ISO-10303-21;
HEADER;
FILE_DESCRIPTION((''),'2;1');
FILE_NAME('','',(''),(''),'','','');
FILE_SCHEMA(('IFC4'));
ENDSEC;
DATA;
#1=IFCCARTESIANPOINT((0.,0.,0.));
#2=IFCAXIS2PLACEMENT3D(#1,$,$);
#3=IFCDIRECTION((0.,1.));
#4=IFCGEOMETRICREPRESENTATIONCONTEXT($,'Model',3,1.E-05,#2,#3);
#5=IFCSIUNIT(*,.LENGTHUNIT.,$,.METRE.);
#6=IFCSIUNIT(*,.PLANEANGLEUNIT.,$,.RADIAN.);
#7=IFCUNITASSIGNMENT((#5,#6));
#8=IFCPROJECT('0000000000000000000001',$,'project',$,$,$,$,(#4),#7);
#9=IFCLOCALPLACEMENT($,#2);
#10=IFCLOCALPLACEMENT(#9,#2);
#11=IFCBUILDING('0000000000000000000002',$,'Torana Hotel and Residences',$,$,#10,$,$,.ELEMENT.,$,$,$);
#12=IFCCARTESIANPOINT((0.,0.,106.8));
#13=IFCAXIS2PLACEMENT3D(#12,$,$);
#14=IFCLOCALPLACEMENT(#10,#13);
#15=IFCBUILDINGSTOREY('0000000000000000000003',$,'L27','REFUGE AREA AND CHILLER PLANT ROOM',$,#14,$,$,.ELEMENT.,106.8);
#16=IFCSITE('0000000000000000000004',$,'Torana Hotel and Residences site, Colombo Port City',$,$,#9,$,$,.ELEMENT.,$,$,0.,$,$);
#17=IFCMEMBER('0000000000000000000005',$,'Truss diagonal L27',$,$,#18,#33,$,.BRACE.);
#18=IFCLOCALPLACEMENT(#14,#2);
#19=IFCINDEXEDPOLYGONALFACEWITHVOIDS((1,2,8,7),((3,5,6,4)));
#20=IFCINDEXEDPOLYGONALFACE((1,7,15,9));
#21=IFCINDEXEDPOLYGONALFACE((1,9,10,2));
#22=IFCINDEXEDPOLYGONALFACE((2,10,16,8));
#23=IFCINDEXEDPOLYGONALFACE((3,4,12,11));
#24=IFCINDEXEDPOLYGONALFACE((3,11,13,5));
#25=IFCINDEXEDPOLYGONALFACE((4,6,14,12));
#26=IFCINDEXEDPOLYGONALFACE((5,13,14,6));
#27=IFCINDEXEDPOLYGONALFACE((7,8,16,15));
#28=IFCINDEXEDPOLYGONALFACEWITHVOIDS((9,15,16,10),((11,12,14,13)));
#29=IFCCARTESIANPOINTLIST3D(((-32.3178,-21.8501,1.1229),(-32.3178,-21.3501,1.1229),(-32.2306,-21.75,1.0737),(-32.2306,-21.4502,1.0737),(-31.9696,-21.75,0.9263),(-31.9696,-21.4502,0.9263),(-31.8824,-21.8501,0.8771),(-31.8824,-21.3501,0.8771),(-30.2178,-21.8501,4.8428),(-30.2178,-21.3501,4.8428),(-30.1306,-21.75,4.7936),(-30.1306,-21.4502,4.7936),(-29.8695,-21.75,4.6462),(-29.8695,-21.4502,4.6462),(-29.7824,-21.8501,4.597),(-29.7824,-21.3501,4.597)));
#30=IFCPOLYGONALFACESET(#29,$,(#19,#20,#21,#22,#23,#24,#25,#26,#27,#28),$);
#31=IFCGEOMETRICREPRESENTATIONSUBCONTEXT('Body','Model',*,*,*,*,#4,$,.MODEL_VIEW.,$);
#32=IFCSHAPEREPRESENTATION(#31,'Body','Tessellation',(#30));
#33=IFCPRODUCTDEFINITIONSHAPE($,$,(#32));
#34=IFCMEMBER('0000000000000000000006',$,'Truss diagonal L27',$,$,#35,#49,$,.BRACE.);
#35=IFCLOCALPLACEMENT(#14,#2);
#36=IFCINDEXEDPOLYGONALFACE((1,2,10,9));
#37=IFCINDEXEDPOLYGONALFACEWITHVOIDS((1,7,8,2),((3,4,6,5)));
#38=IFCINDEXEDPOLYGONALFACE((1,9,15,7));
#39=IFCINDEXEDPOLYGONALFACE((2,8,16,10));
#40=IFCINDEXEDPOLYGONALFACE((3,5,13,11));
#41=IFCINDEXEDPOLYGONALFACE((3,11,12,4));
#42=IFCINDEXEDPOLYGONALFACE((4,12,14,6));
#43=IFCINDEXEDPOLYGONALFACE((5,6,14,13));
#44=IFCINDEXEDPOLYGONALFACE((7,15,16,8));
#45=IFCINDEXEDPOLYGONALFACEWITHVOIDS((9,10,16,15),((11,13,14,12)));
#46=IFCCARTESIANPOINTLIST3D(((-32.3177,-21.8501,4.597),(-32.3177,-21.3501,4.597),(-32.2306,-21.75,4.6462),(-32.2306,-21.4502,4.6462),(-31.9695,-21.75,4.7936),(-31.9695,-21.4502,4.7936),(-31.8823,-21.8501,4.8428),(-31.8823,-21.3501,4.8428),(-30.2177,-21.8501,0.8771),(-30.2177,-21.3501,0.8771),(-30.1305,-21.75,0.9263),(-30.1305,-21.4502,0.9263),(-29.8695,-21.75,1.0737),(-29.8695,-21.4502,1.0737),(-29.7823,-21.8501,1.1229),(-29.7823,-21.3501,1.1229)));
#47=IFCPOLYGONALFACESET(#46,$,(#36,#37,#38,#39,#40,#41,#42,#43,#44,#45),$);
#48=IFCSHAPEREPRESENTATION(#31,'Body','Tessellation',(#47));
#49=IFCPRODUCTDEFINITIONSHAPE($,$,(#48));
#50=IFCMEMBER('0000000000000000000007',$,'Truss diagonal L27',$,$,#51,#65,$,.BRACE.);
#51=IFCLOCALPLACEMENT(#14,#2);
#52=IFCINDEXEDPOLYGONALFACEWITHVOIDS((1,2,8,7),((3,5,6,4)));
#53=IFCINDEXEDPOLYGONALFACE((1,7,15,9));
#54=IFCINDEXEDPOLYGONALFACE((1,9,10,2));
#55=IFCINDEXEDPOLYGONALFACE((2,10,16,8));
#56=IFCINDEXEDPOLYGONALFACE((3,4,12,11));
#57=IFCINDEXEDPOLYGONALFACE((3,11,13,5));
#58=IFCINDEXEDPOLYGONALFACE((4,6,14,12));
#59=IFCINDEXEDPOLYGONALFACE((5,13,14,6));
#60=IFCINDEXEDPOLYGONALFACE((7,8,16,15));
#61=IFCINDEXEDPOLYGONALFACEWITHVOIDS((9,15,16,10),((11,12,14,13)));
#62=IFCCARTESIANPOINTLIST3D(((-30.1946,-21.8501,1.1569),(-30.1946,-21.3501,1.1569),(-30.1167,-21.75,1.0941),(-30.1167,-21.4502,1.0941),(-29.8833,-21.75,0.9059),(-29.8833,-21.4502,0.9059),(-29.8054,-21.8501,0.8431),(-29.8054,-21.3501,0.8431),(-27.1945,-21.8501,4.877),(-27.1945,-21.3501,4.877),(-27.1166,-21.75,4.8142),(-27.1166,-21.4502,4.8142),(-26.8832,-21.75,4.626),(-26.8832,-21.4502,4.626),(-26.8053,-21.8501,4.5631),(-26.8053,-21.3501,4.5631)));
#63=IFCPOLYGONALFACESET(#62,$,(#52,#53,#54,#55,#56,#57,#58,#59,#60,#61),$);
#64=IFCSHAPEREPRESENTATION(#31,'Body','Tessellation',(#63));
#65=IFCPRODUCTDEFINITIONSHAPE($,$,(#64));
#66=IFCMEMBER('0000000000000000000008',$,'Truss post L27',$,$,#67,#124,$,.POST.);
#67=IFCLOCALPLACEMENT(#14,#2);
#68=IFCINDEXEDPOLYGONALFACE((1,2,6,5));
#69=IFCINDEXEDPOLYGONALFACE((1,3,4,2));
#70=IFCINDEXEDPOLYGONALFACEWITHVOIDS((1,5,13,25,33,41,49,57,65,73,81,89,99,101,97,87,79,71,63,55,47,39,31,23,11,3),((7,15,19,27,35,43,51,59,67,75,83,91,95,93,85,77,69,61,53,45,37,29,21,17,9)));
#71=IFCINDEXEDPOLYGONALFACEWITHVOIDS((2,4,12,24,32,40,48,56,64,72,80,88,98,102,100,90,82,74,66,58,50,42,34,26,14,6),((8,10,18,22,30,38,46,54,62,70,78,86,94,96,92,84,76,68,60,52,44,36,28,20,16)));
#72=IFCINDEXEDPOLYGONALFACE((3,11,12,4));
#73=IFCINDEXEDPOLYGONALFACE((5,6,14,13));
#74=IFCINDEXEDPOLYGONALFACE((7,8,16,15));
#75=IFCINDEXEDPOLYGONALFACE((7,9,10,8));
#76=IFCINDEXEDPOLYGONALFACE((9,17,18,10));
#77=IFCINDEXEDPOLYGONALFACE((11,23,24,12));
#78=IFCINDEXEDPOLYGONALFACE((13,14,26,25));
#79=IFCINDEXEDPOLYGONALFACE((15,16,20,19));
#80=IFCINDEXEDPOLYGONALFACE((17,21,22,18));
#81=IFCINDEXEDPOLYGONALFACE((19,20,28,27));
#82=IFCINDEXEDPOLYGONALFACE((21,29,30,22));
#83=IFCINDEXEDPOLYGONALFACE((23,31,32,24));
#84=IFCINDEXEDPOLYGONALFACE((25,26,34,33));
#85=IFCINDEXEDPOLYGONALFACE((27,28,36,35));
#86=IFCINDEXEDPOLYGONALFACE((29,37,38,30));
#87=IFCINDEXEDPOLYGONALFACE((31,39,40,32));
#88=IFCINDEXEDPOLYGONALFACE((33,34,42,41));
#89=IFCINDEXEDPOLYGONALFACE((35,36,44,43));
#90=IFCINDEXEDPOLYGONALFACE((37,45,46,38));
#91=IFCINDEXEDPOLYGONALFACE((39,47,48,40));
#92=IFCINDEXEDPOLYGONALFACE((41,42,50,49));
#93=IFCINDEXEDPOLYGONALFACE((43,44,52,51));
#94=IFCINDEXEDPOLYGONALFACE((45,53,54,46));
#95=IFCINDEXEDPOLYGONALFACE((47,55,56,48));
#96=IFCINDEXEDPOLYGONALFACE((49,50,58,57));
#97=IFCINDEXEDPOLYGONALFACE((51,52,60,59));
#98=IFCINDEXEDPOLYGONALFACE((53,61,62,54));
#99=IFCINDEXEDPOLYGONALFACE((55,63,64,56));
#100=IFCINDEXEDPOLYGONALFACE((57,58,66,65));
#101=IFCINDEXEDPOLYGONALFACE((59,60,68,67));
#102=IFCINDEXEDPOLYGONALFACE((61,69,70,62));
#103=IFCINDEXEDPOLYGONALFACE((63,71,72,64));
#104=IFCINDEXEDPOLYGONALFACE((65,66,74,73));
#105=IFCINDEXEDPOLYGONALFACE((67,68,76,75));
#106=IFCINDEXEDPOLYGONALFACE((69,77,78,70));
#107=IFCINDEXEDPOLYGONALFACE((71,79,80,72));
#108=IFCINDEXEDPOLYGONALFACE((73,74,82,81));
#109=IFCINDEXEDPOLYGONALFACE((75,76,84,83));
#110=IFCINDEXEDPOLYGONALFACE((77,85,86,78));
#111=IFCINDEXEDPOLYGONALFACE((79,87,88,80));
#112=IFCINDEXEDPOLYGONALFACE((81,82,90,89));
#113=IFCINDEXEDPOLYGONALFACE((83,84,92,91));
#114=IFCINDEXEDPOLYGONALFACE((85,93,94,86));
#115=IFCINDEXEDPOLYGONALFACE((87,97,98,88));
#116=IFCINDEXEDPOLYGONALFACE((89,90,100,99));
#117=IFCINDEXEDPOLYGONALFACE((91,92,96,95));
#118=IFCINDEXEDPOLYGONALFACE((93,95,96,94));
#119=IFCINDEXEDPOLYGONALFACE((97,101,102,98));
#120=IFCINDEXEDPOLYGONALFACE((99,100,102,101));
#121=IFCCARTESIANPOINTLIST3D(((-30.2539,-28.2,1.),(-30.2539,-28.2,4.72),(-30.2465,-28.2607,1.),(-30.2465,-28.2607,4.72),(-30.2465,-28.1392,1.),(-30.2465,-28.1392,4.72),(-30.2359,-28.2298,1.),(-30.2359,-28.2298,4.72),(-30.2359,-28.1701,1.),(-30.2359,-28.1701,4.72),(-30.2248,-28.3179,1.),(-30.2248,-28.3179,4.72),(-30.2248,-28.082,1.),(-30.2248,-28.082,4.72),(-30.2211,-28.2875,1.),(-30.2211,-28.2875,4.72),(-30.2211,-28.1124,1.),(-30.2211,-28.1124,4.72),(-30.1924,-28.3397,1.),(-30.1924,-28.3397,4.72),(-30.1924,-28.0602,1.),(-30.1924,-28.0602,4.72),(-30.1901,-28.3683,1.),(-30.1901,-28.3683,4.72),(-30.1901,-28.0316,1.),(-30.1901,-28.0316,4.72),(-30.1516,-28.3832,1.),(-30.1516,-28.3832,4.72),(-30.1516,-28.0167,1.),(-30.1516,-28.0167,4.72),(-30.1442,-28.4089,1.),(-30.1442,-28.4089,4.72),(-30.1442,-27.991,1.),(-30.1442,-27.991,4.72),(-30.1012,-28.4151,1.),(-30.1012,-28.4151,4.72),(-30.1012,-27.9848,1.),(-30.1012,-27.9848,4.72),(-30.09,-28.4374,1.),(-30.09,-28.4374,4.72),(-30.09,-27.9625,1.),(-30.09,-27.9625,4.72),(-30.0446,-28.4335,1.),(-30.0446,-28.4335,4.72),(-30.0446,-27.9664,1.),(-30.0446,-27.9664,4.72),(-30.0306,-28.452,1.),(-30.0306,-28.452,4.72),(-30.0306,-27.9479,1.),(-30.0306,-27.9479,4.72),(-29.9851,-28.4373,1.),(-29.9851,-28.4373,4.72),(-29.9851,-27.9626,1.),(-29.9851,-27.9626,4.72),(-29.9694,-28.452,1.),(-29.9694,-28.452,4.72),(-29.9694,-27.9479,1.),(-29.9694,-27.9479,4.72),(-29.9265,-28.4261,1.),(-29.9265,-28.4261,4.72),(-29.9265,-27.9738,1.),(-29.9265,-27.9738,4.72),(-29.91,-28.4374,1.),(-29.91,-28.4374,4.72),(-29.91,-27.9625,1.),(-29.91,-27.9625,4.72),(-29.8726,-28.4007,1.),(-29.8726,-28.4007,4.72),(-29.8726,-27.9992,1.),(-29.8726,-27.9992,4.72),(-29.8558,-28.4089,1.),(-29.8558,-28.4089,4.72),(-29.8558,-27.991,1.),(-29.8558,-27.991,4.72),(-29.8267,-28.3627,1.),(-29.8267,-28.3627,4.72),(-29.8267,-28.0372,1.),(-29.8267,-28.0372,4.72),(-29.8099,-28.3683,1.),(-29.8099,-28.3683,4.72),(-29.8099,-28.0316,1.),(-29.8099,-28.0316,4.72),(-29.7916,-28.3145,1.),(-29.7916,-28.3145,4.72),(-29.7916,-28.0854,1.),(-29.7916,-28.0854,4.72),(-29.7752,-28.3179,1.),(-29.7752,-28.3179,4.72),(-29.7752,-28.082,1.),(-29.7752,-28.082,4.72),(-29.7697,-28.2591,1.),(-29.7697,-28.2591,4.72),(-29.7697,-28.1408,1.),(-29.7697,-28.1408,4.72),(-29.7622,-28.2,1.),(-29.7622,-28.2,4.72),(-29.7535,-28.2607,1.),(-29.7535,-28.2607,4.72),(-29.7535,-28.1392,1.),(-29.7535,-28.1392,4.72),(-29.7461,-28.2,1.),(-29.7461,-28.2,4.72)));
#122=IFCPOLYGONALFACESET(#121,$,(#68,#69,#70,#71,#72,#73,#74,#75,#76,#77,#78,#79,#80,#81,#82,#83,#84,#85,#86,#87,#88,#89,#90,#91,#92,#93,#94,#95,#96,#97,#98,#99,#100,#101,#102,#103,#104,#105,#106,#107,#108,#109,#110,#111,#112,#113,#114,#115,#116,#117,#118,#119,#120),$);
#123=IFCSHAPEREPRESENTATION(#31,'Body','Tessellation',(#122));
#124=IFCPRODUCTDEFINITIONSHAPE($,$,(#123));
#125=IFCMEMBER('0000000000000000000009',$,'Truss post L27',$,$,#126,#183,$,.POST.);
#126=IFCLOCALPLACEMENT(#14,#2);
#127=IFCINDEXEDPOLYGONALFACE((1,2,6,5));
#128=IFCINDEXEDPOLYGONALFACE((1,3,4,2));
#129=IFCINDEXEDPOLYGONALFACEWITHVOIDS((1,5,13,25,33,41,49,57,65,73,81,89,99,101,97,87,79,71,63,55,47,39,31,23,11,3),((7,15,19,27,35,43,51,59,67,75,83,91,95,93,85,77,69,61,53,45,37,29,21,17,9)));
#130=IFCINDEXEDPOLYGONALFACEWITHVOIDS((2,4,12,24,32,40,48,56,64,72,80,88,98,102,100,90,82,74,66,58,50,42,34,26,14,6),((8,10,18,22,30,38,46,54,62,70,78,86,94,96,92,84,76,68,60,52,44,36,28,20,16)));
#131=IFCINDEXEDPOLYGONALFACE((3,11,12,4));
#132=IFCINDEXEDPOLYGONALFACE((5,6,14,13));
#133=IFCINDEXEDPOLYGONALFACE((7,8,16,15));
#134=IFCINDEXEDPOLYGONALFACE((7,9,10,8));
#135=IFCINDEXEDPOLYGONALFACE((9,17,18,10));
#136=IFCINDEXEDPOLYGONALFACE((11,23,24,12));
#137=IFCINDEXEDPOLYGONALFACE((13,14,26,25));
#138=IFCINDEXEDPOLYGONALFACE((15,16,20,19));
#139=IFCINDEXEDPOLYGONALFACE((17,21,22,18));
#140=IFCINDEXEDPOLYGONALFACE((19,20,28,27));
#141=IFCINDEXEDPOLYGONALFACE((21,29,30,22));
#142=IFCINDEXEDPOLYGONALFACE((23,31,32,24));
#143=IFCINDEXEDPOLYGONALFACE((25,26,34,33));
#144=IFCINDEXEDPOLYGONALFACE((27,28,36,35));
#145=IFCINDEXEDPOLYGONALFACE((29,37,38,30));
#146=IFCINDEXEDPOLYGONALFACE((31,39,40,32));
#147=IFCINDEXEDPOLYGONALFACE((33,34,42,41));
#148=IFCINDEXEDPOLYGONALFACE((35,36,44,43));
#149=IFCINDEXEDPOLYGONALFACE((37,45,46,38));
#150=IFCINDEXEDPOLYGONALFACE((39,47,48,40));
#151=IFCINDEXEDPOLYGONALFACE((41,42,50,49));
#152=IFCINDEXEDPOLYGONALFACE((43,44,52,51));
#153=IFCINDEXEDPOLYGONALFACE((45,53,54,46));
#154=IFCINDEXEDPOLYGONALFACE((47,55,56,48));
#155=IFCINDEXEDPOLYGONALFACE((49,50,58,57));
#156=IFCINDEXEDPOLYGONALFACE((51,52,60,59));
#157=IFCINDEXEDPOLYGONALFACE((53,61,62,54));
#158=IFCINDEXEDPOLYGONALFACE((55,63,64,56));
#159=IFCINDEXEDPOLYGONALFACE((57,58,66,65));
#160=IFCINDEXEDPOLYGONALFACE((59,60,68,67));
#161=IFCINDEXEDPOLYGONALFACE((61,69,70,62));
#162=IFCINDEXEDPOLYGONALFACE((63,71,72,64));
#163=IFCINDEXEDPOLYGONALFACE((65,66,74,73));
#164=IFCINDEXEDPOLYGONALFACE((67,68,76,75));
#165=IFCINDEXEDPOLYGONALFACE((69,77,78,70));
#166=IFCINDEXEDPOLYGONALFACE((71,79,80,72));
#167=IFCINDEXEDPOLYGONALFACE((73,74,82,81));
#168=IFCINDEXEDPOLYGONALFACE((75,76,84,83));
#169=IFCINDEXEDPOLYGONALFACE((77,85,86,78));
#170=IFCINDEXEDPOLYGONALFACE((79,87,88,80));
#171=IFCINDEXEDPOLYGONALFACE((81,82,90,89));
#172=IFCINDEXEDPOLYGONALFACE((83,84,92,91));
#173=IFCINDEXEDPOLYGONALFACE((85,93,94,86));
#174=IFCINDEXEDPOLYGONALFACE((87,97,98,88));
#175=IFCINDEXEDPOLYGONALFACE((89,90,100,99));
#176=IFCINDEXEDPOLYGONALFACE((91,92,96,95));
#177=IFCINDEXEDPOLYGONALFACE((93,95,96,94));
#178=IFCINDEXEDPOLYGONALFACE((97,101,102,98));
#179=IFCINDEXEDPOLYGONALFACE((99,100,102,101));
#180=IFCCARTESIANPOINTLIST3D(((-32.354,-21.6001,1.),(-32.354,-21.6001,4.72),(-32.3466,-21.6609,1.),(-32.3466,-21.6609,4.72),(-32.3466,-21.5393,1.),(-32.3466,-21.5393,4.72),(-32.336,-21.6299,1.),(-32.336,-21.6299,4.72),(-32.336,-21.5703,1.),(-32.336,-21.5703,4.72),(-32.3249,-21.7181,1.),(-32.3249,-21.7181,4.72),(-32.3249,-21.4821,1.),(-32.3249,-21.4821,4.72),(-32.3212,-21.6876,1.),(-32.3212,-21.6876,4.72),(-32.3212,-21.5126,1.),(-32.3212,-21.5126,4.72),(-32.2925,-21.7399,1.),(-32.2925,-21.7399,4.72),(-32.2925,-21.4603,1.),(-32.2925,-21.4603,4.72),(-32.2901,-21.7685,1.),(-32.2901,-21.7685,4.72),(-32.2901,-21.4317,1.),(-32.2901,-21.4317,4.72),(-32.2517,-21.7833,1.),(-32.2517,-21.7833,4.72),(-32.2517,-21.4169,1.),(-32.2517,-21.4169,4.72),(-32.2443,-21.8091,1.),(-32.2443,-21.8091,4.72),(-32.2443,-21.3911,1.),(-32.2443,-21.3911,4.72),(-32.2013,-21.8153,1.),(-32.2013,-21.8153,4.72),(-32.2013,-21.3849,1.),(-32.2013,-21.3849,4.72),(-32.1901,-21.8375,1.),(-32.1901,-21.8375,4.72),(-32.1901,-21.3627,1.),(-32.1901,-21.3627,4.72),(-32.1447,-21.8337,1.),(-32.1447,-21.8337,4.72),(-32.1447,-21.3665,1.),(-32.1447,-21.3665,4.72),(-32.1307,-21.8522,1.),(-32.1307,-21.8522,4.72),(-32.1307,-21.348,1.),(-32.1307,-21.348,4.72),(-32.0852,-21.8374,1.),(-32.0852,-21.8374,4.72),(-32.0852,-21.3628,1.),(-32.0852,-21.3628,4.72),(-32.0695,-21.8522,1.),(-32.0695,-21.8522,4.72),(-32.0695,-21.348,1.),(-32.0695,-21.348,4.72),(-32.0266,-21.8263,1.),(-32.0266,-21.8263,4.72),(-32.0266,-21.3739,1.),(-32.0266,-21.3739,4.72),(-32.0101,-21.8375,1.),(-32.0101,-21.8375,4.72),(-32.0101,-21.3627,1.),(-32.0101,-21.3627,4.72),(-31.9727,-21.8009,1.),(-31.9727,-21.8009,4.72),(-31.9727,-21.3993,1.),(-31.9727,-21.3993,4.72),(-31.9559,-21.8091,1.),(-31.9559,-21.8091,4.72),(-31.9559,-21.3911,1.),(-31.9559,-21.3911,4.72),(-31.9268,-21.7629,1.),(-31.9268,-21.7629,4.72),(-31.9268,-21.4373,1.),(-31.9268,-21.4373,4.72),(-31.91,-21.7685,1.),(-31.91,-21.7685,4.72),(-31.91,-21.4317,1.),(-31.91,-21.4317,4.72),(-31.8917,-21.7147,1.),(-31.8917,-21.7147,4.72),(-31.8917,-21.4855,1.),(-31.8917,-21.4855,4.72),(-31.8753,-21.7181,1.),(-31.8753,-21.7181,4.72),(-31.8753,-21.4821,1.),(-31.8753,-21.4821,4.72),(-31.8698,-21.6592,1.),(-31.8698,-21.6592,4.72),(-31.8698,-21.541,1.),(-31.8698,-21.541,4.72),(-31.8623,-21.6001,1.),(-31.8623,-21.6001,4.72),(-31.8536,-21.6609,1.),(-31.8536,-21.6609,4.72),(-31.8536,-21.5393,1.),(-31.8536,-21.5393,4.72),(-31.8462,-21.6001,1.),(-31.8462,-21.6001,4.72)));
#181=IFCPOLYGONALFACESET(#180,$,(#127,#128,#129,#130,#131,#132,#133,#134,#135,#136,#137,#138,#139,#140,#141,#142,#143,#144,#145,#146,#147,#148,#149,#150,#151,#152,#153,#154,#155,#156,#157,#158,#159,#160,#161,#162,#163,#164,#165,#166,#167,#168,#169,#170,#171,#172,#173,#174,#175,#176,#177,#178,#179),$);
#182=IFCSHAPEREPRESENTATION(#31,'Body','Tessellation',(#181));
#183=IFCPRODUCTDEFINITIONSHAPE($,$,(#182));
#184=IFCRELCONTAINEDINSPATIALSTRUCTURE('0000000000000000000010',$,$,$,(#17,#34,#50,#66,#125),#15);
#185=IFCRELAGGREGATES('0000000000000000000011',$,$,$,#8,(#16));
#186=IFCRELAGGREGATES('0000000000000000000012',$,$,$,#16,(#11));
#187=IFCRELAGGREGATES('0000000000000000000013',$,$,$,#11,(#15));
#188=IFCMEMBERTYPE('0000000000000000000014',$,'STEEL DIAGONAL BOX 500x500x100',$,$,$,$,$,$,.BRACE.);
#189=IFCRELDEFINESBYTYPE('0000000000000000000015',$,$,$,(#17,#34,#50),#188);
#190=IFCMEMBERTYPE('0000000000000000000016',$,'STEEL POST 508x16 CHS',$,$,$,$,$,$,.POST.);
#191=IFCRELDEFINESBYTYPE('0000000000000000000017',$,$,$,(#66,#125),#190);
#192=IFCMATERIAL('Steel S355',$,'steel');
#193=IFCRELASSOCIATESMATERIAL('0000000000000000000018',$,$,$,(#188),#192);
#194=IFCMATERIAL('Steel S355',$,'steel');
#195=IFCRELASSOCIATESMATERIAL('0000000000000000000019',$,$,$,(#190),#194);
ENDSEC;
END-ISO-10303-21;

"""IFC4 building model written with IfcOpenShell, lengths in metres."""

from ifc_helpers import new_model, si_unit, direction, frame, origin, origin_2d, place, context, subcontext, project, spatial, hollow_rectangle, hollow_circle, extrude, material, material_profile, profile_set, type_object, element, save


model = new_model("IFC4")

# Units and contexts
model_context = context("Model", 3, precision=1e-05, world=origin(), true_north=direction((0.0, 1.0)))
body_context = subcontext(model_context, "Body", "Model", "MODEL_VIEW")
ifc_project = project(units=[si_unit("LENGTHUNIT", "METRE"), si_unit("PLANEANGLEUNIT", "RADIAN")], contexts=[model_context])

# Site, building, storey
site_placement = place(None, origin())
site = spatial("IfcSite", under=ifc_project, at=site_placement, Name="Torana Hotel and Residences site, Colombo Port City", CompositionType="ELEMENT", RefElevation=0.0)
building_placement = place(site_placement, origin())
building = spatial("IfcBuilding", under=site, at=building_placement, Name="Torana Hotel and Residences", CompositionType="ELEMENT")
storey_placement = place(building_placement, frame((0.0, 0.0, 106.8)))
storey = spatial("IfcBuildingStorey", under=building, at=storey_placement, Name="L27", Description="REFUGE AREA AND CHILLER PLANT ROOM", CompositionType="ELEMENT", Elevation=106.8)

# Members
ifc_material_1 = material(Name="Steel S355", Category="steel")
ifc_material_profile_1 = material_profile(ifc_material_1, hollow_rectangle(XDim=0.5, YDim=0.5, WallThickness=0.1001, at=origin_2d()), Name="BOX 500x500x100")
ifc_profile_set_1 = profile_set([ifc_material_profile_1], Name="Steel S355")
member_type_1 = type_object("IfcMemberType", Name="STEEL DIAGONAL BOX 500x500x100", PredefinedType="BRACE", material=ifc_profile_set_1)
for number, where, z_axis, x_axis, name in (
    (1, (-32.1001, -21.6001, 1.0), (0.491615, 0.0, 0.870813), (0.0, 1.0, 0.0), "Truss diagonal L27"),
    (2, (-30.0, -21.6001, 1.0), (-0.491615, 0.0, 0.870813), (0.0, -1.0, 0.0), "Truss diagonal L27"),
):
    element("IfcMember", number, at=place(storey_placement, frame(where, z_axis=z_axis, x_axis=x_axis)), inside=storey, type_object=member_type_1, Name=name, PredefinedType="BRACE", context=body_context, shape_type="SweptSolid", body=[
        extrude(hollow_rectangle(XDim=0.5, YDim=0.5, WallThickness=0.1001, at=origin_2d()), origin(), (0.0, 0.0, 1.0), 4.2717),
    ])
member_1_placement = place(storey_placement, frame((-30.0, -21.6001, 1.0), z_axis=(0.627755, 0.0, 0.778411), x_axis=(0.0, 1.0, 0.0)))
element("IfcMember", 3, at=member_1_placement, inside=storey, type_object=member_type_1, Name="Truss diagonal L27", PredefinedType="BRACE", context=body_context, shape_type="SweptSolid", body=[
    extrude(hollow_rectangle(XDim=0.5, YDim=0.5, WallThickness=0.1001, at=origin_2d()), origin(), (0.0, 0.0, 1.0), 4.7791),
])
ifc_material_2 = material(Name="Steel S355", Category="steel")
ifc_material_profile_2 = material_profile(ifc_material_2, hollow_circle(Radius=0.2539, WallThickness=0.0161, at=origin_2d()), Name="508x16 CHS")
ifc_profile_set_2 = profile_set([ifc_material_profile_2], Name="Steel S355")
member_type_2 = type_object("IfcMemberType", Name="STEEL POST 508x16 CHS", PredefinedType="POST", material=ifc_profile_set_2)
for number, where, z_axis, x_axis, name in (
    (4, (-30.0, -28.2, 1.0), (0.0, 0.0, 1.0), (1.0, 0.0, 0.0), "Truss post L27"),
    (5, (-32.1001, -21.6001, 1.0), (0.0, 0.0, 1.0), (1.0, 0.0, 0.0), "Truss post L27"),
):
    element("IfcMember", number, at=place(storey_placement, frame(where, z_axis=z_axis, x_axis=x_axis)), inside=storey, type_object=member_type_2, Name=name, PredefinedType="POST", context=body_context, shape_type="SweptSolid", body=[
        extrude(hollow_circle(Radius=0.2539, WallThickness=0.0161, at=origin_2d()), origin(), (0.0, 0.0, 1.0), 3.72),
    ])

save(model, "model.ifc")
